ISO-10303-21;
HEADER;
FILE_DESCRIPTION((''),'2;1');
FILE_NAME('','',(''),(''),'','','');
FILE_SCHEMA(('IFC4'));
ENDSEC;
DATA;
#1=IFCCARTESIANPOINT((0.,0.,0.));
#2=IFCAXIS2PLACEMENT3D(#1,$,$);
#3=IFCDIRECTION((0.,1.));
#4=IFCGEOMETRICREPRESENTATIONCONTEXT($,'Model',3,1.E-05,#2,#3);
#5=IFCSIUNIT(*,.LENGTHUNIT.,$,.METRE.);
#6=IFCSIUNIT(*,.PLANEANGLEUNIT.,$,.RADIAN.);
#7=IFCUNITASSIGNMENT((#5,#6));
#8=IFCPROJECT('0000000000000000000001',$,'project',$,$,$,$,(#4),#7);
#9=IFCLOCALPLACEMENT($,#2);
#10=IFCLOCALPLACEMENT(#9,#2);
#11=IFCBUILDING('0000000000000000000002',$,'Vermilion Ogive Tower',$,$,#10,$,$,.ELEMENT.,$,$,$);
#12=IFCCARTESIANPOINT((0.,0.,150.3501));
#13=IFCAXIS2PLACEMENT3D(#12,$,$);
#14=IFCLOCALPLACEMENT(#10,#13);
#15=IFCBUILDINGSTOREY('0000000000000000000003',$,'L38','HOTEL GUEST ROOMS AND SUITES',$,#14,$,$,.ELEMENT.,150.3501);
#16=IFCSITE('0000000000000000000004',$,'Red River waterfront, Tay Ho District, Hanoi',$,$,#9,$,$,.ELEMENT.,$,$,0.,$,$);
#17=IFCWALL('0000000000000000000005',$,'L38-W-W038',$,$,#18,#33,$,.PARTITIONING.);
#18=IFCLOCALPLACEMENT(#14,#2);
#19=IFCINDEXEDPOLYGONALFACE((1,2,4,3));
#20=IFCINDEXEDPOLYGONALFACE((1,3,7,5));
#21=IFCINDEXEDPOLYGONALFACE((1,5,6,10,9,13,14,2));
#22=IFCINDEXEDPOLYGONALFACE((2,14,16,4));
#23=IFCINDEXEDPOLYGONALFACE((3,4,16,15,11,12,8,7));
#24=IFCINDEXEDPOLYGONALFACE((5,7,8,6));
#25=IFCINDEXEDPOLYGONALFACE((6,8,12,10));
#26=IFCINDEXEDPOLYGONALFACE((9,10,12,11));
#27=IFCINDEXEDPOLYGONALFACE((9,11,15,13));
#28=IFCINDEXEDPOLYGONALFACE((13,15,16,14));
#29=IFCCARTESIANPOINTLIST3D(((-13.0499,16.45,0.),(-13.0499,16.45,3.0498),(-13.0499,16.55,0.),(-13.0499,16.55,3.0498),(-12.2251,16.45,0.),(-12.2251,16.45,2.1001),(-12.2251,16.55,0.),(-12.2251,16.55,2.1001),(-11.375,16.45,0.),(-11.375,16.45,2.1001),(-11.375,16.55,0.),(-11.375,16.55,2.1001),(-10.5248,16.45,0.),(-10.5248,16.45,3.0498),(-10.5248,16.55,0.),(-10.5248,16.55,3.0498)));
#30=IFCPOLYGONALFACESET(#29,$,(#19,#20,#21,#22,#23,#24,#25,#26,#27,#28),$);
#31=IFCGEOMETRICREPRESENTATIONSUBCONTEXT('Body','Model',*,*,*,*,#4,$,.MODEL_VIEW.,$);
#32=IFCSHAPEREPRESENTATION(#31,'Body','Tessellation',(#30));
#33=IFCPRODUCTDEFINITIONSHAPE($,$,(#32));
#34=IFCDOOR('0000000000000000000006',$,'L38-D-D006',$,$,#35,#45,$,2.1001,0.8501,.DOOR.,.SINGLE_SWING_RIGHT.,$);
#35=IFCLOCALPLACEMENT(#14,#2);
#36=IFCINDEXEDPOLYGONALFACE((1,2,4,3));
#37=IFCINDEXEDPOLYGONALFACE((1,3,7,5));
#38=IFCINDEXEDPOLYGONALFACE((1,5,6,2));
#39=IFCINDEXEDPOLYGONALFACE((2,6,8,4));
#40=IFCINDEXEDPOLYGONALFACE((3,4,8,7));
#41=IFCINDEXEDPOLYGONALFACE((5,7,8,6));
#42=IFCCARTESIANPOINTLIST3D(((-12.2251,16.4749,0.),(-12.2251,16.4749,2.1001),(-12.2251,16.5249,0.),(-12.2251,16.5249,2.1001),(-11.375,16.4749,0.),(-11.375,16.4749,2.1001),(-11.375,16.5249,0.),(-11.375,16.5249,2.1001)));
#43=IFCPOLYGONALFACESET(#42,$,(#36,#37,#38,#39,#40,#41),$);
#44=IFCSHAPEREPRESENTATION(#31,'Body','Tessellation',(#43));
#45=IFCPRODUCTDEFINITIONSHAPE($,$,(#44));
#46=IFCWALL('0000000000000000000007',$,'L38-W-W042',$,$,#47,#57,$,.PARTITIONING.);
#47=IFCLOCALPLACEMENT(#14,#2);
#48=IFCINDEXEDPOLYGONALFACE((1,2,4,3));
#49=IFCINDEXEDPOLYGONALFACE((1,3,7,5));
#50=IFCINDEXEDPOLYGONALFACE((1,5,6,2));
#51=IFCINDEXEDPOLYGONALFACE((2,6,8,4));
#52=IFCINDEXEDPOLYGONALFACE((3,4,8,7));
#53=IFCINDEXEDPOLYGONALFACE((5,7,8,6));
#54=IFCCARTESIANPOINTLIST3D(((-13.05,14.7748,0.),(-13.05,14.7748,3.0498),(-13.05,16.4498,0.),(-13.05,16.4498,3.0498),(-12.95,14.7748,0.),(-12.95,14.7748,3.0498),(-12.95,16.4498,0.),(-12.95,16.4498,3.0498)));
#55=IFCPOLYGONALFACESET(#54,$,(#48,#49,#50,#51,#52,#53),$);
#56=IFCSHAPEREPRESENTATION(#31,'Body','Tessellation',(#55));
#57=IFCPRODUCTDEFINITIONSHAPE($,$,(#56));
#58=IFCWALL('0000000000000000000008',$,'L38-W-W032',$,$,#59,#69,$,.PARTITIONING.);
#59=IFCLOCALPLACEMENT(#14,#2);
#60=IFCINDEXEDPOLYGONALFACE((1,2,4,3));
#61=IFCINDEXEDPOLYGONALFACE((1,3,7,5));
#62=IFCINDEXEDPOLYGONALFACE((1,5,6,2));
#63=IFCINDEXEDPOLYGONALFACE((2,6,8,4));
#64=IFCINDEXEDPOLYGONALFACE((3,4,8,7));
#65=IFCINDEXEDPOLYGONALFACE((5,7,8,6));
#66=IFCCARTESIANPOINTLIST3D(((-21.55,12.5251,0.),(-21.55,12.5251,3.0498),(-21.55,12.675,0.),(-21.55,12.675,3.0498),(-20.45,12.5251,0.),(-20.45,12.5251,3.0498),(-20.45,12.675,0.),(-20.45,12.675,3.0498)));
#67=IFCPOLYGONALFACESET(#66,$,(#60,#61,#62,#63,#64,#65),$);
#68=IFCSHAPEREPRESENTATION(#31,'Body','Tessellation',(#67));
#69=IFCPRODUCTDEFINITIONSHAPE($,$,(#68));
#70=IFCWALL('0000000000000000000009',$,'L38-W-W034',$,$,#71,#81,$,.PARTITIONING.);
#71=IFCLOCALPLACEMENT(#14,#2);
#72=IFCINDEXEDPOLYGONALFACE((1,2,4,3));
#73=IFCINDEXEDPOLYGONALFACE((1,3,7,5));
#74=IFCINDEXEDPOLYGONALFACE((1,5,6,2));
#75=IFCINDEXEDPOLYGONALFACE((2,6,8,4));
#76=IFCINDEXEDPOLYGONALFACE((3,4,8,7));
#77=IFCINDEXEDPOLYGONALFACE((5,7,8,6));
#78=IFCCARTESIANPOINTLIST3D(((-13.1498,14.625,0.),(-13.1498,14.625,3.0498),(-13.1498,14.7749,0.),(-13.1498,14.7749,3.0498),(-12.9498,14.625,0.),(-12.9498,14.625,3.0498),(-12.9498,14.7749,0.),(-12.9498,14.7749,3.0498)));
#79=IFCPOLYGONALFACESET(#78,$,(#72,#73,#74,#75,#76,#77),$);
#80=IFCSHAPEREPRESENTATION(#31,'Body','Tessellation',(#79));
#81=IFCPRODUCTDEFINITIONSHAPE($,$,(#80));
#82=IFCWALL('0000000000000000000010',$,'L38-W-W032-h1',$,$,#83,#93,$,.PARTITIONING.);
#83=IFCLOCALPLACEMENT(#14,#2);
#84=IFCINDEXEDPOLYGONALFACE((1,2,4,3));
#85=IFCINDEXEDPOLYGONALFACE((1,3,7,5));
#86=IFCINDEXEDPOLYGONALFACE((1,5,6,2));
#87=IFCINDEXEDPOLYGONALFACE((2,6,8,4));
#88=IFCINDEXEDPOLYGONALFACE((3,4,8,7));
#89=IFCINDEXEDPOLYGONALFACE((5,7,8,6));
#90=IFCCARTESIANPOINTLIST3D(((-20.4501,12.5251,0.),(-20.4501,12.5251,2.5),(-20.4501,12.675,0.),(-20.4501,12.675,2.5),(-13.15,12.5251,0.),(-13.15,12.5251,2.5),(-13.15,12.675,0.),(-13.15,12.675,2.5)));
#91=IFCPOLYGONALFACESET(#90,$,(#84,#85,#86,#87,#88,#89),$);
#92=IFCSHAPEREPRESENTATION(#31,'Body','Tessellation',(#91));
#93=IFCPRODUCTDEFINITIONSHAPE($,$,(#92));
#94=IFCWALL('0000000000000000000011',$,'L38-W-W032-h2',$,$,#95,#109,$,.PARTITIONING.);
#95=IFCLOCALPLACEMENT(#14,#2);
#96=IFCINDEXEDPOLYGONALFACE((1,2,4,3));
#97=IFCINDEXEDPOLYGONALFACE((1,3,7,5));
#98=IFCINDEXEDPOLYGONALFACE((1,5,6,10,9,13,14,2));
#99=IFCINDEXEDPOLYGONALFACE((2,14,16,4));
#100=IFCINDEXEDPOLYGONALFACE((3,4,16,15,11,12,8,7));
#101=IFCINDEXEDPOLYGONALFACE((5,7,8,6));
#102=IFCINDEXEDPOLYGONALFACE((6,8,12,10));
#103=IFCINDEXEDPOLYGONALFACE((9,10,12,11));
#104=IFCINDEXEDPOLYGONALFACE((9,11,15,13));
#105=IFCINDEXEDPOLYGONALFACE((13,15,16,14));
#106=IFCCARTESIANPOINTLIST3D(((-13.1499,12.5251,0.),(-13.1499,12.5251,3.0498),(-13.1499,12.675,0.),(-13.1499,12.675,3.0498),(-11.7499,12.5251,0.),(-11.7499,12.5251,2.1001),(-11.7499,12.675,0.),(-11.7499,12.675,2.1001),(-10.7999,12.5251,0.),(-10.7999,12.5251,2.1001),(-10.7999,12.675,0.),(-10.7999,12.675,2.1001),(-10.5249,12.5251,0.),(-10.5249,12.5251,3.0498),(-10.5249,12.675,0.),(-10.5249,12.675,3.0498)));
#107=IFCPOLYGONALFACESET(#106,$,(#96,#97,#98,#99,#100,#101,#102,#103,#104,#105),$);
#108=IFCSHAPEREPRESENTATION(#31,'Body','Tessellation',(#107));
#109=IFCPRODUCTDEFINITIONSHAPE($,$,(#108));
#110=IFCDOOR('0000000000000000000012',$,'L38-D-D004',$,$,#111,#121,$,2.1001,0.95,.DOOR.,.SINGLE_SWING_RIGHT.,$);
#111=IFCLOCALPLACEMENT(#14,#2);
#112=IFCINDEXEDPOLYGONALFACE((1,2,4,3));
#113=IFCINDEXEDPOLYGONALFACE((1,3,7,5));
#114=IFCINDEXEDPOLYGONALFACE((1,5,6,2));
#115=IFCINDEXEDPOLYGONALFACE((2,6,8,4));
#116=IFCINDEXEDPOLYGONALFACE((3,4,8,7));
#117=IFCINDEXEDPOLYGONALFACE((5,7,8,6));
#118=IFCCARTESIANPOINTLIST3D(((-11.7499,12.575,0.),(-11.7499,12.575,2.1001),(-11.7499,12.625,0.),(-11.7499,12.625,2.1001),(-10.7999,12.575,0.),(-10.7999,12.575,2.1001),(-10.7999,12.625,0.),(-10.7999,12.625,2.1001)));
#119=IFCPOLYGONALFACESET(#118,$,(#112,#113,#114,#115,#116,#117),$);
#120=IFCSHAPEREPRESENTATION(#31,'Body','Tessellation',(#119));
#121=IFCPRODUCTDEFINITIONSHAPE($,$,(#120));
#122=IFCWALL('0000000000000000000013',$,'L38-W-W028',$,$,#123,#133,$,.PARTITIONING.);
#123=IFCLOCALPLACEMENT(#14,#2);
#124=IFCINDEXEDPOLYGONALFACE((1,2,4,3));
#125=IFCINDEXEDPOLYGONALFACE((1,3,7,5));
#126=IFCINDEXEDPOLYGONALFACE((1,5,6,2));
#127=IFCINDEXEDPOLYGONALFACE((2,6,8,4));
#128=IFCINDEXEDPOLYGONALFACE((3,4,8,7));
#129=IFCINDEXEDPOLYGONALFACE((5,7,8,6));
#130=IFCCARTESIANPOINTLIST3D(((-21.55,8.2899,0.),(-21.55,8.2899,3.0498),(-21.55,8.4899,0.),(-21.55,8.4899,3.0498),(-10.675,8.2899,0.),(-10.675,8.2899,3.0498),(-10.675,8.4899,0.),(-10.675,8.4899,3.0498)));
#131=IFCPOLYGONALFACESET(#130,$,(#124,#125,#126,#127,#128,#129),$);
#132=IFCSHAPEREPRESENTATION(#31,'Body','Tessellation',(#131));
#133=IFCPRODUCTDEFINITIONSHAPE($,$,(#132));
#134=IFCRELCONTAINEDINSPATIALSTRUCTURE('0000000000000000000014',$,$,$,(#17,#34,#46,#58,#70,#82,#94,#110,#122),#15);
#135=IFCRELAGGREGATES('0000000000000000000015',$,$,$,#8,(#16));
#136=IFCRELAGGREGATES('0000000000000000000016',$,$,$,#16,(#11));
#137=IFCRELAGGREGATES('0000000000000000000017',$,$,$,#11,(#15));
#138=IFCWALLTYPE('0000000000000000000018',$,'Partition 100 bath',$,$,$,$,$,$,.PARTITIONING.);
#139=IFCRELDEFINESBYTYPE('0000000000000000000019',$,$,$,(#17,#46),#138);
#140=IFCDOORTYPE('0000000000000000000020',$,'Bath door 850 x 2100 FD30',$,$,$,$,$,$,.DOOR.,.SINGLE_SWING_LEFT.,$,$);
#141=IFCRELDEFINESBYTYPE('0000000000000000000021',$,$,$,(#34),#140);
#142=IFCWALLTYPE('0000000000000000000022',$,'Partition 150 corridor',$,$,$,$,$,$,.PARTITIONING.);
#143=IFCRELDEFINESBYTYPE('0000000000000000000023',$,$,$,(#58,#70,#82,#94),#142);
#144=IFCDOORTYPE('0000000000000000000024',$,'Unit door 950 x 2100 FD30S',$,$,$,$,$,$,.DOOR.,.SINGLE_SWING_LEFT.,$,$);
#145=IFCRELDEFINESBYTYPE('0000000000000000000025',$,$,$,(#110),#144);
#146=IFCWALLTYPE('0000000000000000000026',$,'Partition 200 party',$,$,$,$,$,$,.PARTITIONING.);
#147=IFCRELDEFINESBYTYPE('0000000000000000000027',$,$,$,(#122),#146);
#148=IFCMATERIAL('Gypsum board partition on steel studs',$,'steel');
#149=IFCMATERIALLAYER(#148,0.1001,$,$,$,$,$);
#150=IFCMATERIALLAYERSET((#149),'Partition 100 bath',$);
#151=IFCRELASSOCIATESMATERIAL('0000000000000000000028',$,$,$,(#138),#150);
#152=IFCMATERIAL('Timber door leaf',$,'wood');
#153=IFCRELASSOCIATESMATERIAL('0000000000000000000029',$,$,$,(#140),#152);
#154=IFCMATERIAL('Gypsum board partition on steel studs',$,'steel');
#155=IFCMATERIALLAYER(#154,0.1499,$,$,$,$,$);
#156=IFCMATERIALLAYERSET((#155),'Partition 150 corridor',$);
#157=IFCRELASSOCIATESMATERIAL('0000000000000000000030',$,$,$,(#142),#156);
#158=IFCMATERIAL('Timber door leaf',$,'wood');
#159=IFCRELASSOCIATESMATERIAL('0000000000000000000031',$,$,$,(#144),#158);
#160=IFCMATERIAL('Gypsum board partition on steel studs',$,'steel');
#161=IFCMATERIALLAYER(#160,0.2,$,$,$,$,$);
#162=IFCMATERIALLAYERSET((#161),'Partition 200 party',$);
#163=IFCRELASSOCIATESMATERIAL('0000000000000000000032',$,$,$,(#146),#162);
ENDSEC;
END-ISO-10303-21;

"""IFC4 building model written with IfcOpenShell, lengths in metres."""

from ifc_helpers import new_model, si_unit, direction, frame, frame_2d, origin, place, context, subcontext, project, spatial, rectangle, extrude, material, layer, layer_set, type_object, element, fill, save


model = new_model("IFC4")

# Units and contexts
model_context = context("Model", 3, precision=1e-05, world=origin(), true_north=direction((0.0, 1.0)))
body_context = subcontext(model_context, "Body", "Model", "MODEL_VIEW")
ifc_project = project(units=[si_unit("LENGTHUNIT", "METRE"), si_unit("PLANEANGLEUNIT", "RADIAN")], contexts=[model_context])

# Site, building, storey
site_placement = place(None, origin())
site = spatial("IfcSite", under=ifc_project, at=site_placement, Name="Red River waterfront, Tay Ho District, Hanoi", CompositionType="ELEMENT", RefElevation=0.0)
building_placement = place(site_placement, origin())
building = spatial("IfcBuilding", under=site, at=building_placement, Name="Vermilion Ogive Tower", CompositionType="ELEMENT")
storey_placement = place(building_placement, frame((0.0, 0.0, 150.3501)))
storey = spatial("IfcBuildingStorey", under=building, at=storey_placement, Name="L38", Description="HOTEL GUEST ROOMS AND SUITES", CompositionType="ELEMENT", Elevation=150.3501)

# Shared definitions
ifc_material_1 = material(Name="Gypsum board partition on steel studs", Category="steel")
ifc_layer_1 = layer(ifc_material_1, 0.1001)
ifc_layer_set_1 = layer_set([ifc_layer_1], Name="Partition 100 bath")
wall_type_1 = type_object("IfcWallType", Name="Partition 100 bath", PredefinedType="PARTITIONING", material=ifc_layer_set_1)

# Wall, opening, door
wall_1_placement = place(storey_placement, frame((-13.05, 16.5, 0.0), z_axis=(0.0, 0.0, 1.0), x_axis=(1.0, 0.0, 0.0)))
wall_1 = element("IfcWall", 1, at=wall_1_placement, inside=storey, type_object=wall_type_1, Name="L38-W-W038", PredefinedType="PARTITIONING", context=body_context, shape_type="SweptSolid", body=[
    extrude(rectangle(XDim=2.5251, YDim=0.1001, at=frame_2d((1.2627, 0.0))), origin(), (0.0, 0.0, 1.0), 3.0498),
])
opening_1_placement = place(wall_1_placement, frame((0.825, 0.0, 0.0)))
opening_1 = element("IfcOpeningElement", 2, at=opening_1_placement, cuts=wall_1, PredefinedType="OPENING", context=body_context, shape_type="SweptSolid", body=[
    extrude(rectangle(XDim=0.8501, YDim=2.1001, at=frame_2d((0.425, 1.05))), frame((0.0, 0.0601, 0.0), z_axis=(0.0, -1.0, 0.0), x_axis=(1.0, 0.0, 0.0)), (0.0, 0.0, 1.0), 0.1201),
])
ifc_material_2 = material(Name="Timber door leaf", Category="wood")
door_type_1 = type_object("IfcDoorType", Name="Bath door 850 x 2100 FD30", OperationType="SINGLE_SWING_LEFT", PredefinedType="DOOR", material=ifc_material_2)
door_1_placement = place(opening_1_placement, origin())
door_1 = element("IfcDoor", 3, at=door_1_placement, inside=storey, type_object=door_type_1, Name="L38-D-D006", OperationType="SINGLE_SWING_RIGHT", OverallHeight=2.1001, OverallWidth=0.8501, PredefinedType="DOOR", context=body_context, shape_type="SweptSolid", body=[
    extrude(rectangle(XDim=0.8501, YDim=2.1001, at=frame_2d((0.425, 1.05))), frame((0.0, 0.0249, 0.0), z_axis=(0.0, -1.0, 0.0), x_axis=(1.0, 0.0, 0.0)), (0.0, 0.0, 1.0), 0.05),
])
fill(opening_1, door_1)

# Walls
wall_2_placement = place(storey_placement, frame((-13.0, 14.7749, 0.0), z_axis=(0.0, 0.0, 1.0), x_axis=(0.0, 1.0, 0.0)))
element("IfcWall", 4, at=wall_2_placement, inside=storey, type_object=wall_type_1, Name="L38-W-W042", PredefinedType="PARTITIONING", context=body_context, shape_type="SweptSolid", body=[
    extrude(rectangle(XDim=1.675, YDim=0.1001, at=frame_2d((0.8374, 0.0))), origin(), (0.0, 0.0, 1.0), 3.0498),
])
ifc_material_3 = material(Name="Gypsum board partition on steel studs", Category="steel")
ifc_layer_2 = layer(ifc_material_3, 0.1499)
ifc_layer_set_2 = layer_set([ifc_layer_2], Name="Partition 150 corridor")
wall_type_2 = type_object("IfcWallType", Name="Partition 150 corridor", PredefinedType="PARTITIONING", material=ifc_layer_set_2)
wall_3_placement = place(storey_placement, frame((-21.55, 12.6001, 0.0), z_axis=(0.0, 0.0, 1.0), x_axis=(1.0, 0.0, 0.0)))
element("IfcWall", 5, at=wall_3_placement, inside=storey, type_object=wall_type_2, Name="L38-W-W032", PredefinedType="PARTITIONING", context=body_context, shape_type="SweptSolid", body=[
    extrude(rectangle(XDim=1.1001, YDim=0.1499, at=frame_2d((0.55, 0.0))), origin(), (0.0, 0.0, 1.0), 3.0498),
])
wall_4_placement = place(storey_placement, frame((-13.1499, 14.7, 0.0), z_axis=(0.0, 0.0, 1.0), x_axis=(1.0, 0.0, 0.0)))
element("IfcWall", 6, at=wall_4_placement, inside=storey, type_object=wall_type_2, Name="L38-W-W034", PredefinedType="PARTITIONING", context=body_context, shape_type="SweptSolid", body=[
    extrude(rectangle(XDim=0.2, YDim=0.1499, at=frame_2d((0.1001, 0.0))), origin(), (0.0, 0.0, 1.0), 3.0498),
])
wall_5_placement = place(storey_placement, frame((-20.45, 12.6001, 0.0), z_axis=(0.0, 0.0, 1.0), x_axis=(1.0, 0.0, 0.0)))
element("IfcWall", 7, at=wall_5_placement, inside=storey, type_object=wall_type_2, Name="L38-W-W032-h1", PredefinedType="PARTITIONING", context=body_context, shape_type="SweptSolid", body=[
    extrude(rectangle(XDim=7.3, YDim=0.1499, at=frame_2d((3.6499, 0.0))), origin(), (0.0, 0.0, 1.0), 2.5),
])

# Wall, opening, door
wall_6_placement = place(storey_placement, frame((-13.1499, 12.6001, 0.0), z_axis=(0.0, 0.0, 1.0), x_axis=(1.0, 0.0, 0.0)))
wall_6 = element("IfcWall", 8, at=wall_6_placement, inside=storey, type_object=wall_type_2, Name="L38-W-W032-h2", PredefinedType="PARTITIONING", context=body_context, shape_type="SweptSolid", body=[
    extrude(rectangle(XDim=2.625, YDim=0.1499, at=frame_2d((1.3125, 0.0))), origin(), (0.0, 0.0, 1.0), 3.0498),
])
opening_2_placement = place(wall_6_placement, frame((1.3999, 0.0, 0.0)))
opening_2 = element("IfcOpeningElement", 9, at=opening_2_placement, cuts=wall_6, PredefinedType="OPENING", context=body_context, shape_type="SweptSolid", body=[
    extrude(rectangle(XDim=0.95, YDim=2.1001, at=frame_2d((0.4751, 1.05))), frame((0.0, 0.085, 0.0), z_axis=(0.0, -1.0, 0.0), x_axis=(1.0, 0.0, 0.0)), (0.0, 0.0, 1.0), 0.1699),
])
ifc_material_4 = material(Name="Timber door leaf", Category="wood")
door_type_2 = type_object("IfcDoorType", Name="Unit door 950 x 2100 FD30S", OperationType="SINGLE_SWING_LEFT", PredefinedType="DOOR", material=ifc_material_4)
door_2_placement = place(opening_2_placement, origin())
door_2 = element("IfcDoor", 10, at=door_2_placement, inside=storey, type_object=door_type_2, Name="L38-D-D004", OperationType="SINGLE_SWING_RIGHT", OverallHeight=2.1001, OverallWidth=0.95, PredefinedType="DOOR", context=body_context, shape_type="SweptSolid", body=[
    extrude(rectangle(XDim=0.95, YDim=2.1001, at=frame_2d((0.4751, 1.05))), frame((0.0, 0.0249, 0.0), z_axis=(0.0, -1.0, 0.0), x_axis=(1.0, 0.0, 0.0)), (0.0, 0.0, 1.0), 0.05),
])
fill(opening_2, door_2)

# Wall
ifc_material_5 = material(Name="Gypsum board partition on steel studs", Category="steel")
ifc_layer_3 = layer(ifc_material_5, 0.2)
ifc_layer_set_3 = layer_set([ifc_layer_3], Name="Partition 200 party")
wall_type_3 = type_object("IfcWallType", Name="Partition 200 party", PredefinedType="PARTITIONING", material=ifc_layer_set_3)
wall_7_placement = place(storey_placement, frame((-21.55, 8.3899, 0.0), z_axis=(0.0, 0.0, 1.0), x_axis=(1.0, 0.0, 0.0)))
element("IfcWall", 11, at=wall_7_placement, inside=storey, type_object=wall_type_3, Name="L38-W-W028", PredefinedType="PARTITIONING", context=body_context, shape_type="SweptSolid", body=[
    extrude(rectangle(XDim=10.875, YDim=0.2, at=frame_2d((5.4375, 0.0))), origin(), (0.0, 0.0, 1.0), 3.0498),
])

save(model, "model.ifc")
